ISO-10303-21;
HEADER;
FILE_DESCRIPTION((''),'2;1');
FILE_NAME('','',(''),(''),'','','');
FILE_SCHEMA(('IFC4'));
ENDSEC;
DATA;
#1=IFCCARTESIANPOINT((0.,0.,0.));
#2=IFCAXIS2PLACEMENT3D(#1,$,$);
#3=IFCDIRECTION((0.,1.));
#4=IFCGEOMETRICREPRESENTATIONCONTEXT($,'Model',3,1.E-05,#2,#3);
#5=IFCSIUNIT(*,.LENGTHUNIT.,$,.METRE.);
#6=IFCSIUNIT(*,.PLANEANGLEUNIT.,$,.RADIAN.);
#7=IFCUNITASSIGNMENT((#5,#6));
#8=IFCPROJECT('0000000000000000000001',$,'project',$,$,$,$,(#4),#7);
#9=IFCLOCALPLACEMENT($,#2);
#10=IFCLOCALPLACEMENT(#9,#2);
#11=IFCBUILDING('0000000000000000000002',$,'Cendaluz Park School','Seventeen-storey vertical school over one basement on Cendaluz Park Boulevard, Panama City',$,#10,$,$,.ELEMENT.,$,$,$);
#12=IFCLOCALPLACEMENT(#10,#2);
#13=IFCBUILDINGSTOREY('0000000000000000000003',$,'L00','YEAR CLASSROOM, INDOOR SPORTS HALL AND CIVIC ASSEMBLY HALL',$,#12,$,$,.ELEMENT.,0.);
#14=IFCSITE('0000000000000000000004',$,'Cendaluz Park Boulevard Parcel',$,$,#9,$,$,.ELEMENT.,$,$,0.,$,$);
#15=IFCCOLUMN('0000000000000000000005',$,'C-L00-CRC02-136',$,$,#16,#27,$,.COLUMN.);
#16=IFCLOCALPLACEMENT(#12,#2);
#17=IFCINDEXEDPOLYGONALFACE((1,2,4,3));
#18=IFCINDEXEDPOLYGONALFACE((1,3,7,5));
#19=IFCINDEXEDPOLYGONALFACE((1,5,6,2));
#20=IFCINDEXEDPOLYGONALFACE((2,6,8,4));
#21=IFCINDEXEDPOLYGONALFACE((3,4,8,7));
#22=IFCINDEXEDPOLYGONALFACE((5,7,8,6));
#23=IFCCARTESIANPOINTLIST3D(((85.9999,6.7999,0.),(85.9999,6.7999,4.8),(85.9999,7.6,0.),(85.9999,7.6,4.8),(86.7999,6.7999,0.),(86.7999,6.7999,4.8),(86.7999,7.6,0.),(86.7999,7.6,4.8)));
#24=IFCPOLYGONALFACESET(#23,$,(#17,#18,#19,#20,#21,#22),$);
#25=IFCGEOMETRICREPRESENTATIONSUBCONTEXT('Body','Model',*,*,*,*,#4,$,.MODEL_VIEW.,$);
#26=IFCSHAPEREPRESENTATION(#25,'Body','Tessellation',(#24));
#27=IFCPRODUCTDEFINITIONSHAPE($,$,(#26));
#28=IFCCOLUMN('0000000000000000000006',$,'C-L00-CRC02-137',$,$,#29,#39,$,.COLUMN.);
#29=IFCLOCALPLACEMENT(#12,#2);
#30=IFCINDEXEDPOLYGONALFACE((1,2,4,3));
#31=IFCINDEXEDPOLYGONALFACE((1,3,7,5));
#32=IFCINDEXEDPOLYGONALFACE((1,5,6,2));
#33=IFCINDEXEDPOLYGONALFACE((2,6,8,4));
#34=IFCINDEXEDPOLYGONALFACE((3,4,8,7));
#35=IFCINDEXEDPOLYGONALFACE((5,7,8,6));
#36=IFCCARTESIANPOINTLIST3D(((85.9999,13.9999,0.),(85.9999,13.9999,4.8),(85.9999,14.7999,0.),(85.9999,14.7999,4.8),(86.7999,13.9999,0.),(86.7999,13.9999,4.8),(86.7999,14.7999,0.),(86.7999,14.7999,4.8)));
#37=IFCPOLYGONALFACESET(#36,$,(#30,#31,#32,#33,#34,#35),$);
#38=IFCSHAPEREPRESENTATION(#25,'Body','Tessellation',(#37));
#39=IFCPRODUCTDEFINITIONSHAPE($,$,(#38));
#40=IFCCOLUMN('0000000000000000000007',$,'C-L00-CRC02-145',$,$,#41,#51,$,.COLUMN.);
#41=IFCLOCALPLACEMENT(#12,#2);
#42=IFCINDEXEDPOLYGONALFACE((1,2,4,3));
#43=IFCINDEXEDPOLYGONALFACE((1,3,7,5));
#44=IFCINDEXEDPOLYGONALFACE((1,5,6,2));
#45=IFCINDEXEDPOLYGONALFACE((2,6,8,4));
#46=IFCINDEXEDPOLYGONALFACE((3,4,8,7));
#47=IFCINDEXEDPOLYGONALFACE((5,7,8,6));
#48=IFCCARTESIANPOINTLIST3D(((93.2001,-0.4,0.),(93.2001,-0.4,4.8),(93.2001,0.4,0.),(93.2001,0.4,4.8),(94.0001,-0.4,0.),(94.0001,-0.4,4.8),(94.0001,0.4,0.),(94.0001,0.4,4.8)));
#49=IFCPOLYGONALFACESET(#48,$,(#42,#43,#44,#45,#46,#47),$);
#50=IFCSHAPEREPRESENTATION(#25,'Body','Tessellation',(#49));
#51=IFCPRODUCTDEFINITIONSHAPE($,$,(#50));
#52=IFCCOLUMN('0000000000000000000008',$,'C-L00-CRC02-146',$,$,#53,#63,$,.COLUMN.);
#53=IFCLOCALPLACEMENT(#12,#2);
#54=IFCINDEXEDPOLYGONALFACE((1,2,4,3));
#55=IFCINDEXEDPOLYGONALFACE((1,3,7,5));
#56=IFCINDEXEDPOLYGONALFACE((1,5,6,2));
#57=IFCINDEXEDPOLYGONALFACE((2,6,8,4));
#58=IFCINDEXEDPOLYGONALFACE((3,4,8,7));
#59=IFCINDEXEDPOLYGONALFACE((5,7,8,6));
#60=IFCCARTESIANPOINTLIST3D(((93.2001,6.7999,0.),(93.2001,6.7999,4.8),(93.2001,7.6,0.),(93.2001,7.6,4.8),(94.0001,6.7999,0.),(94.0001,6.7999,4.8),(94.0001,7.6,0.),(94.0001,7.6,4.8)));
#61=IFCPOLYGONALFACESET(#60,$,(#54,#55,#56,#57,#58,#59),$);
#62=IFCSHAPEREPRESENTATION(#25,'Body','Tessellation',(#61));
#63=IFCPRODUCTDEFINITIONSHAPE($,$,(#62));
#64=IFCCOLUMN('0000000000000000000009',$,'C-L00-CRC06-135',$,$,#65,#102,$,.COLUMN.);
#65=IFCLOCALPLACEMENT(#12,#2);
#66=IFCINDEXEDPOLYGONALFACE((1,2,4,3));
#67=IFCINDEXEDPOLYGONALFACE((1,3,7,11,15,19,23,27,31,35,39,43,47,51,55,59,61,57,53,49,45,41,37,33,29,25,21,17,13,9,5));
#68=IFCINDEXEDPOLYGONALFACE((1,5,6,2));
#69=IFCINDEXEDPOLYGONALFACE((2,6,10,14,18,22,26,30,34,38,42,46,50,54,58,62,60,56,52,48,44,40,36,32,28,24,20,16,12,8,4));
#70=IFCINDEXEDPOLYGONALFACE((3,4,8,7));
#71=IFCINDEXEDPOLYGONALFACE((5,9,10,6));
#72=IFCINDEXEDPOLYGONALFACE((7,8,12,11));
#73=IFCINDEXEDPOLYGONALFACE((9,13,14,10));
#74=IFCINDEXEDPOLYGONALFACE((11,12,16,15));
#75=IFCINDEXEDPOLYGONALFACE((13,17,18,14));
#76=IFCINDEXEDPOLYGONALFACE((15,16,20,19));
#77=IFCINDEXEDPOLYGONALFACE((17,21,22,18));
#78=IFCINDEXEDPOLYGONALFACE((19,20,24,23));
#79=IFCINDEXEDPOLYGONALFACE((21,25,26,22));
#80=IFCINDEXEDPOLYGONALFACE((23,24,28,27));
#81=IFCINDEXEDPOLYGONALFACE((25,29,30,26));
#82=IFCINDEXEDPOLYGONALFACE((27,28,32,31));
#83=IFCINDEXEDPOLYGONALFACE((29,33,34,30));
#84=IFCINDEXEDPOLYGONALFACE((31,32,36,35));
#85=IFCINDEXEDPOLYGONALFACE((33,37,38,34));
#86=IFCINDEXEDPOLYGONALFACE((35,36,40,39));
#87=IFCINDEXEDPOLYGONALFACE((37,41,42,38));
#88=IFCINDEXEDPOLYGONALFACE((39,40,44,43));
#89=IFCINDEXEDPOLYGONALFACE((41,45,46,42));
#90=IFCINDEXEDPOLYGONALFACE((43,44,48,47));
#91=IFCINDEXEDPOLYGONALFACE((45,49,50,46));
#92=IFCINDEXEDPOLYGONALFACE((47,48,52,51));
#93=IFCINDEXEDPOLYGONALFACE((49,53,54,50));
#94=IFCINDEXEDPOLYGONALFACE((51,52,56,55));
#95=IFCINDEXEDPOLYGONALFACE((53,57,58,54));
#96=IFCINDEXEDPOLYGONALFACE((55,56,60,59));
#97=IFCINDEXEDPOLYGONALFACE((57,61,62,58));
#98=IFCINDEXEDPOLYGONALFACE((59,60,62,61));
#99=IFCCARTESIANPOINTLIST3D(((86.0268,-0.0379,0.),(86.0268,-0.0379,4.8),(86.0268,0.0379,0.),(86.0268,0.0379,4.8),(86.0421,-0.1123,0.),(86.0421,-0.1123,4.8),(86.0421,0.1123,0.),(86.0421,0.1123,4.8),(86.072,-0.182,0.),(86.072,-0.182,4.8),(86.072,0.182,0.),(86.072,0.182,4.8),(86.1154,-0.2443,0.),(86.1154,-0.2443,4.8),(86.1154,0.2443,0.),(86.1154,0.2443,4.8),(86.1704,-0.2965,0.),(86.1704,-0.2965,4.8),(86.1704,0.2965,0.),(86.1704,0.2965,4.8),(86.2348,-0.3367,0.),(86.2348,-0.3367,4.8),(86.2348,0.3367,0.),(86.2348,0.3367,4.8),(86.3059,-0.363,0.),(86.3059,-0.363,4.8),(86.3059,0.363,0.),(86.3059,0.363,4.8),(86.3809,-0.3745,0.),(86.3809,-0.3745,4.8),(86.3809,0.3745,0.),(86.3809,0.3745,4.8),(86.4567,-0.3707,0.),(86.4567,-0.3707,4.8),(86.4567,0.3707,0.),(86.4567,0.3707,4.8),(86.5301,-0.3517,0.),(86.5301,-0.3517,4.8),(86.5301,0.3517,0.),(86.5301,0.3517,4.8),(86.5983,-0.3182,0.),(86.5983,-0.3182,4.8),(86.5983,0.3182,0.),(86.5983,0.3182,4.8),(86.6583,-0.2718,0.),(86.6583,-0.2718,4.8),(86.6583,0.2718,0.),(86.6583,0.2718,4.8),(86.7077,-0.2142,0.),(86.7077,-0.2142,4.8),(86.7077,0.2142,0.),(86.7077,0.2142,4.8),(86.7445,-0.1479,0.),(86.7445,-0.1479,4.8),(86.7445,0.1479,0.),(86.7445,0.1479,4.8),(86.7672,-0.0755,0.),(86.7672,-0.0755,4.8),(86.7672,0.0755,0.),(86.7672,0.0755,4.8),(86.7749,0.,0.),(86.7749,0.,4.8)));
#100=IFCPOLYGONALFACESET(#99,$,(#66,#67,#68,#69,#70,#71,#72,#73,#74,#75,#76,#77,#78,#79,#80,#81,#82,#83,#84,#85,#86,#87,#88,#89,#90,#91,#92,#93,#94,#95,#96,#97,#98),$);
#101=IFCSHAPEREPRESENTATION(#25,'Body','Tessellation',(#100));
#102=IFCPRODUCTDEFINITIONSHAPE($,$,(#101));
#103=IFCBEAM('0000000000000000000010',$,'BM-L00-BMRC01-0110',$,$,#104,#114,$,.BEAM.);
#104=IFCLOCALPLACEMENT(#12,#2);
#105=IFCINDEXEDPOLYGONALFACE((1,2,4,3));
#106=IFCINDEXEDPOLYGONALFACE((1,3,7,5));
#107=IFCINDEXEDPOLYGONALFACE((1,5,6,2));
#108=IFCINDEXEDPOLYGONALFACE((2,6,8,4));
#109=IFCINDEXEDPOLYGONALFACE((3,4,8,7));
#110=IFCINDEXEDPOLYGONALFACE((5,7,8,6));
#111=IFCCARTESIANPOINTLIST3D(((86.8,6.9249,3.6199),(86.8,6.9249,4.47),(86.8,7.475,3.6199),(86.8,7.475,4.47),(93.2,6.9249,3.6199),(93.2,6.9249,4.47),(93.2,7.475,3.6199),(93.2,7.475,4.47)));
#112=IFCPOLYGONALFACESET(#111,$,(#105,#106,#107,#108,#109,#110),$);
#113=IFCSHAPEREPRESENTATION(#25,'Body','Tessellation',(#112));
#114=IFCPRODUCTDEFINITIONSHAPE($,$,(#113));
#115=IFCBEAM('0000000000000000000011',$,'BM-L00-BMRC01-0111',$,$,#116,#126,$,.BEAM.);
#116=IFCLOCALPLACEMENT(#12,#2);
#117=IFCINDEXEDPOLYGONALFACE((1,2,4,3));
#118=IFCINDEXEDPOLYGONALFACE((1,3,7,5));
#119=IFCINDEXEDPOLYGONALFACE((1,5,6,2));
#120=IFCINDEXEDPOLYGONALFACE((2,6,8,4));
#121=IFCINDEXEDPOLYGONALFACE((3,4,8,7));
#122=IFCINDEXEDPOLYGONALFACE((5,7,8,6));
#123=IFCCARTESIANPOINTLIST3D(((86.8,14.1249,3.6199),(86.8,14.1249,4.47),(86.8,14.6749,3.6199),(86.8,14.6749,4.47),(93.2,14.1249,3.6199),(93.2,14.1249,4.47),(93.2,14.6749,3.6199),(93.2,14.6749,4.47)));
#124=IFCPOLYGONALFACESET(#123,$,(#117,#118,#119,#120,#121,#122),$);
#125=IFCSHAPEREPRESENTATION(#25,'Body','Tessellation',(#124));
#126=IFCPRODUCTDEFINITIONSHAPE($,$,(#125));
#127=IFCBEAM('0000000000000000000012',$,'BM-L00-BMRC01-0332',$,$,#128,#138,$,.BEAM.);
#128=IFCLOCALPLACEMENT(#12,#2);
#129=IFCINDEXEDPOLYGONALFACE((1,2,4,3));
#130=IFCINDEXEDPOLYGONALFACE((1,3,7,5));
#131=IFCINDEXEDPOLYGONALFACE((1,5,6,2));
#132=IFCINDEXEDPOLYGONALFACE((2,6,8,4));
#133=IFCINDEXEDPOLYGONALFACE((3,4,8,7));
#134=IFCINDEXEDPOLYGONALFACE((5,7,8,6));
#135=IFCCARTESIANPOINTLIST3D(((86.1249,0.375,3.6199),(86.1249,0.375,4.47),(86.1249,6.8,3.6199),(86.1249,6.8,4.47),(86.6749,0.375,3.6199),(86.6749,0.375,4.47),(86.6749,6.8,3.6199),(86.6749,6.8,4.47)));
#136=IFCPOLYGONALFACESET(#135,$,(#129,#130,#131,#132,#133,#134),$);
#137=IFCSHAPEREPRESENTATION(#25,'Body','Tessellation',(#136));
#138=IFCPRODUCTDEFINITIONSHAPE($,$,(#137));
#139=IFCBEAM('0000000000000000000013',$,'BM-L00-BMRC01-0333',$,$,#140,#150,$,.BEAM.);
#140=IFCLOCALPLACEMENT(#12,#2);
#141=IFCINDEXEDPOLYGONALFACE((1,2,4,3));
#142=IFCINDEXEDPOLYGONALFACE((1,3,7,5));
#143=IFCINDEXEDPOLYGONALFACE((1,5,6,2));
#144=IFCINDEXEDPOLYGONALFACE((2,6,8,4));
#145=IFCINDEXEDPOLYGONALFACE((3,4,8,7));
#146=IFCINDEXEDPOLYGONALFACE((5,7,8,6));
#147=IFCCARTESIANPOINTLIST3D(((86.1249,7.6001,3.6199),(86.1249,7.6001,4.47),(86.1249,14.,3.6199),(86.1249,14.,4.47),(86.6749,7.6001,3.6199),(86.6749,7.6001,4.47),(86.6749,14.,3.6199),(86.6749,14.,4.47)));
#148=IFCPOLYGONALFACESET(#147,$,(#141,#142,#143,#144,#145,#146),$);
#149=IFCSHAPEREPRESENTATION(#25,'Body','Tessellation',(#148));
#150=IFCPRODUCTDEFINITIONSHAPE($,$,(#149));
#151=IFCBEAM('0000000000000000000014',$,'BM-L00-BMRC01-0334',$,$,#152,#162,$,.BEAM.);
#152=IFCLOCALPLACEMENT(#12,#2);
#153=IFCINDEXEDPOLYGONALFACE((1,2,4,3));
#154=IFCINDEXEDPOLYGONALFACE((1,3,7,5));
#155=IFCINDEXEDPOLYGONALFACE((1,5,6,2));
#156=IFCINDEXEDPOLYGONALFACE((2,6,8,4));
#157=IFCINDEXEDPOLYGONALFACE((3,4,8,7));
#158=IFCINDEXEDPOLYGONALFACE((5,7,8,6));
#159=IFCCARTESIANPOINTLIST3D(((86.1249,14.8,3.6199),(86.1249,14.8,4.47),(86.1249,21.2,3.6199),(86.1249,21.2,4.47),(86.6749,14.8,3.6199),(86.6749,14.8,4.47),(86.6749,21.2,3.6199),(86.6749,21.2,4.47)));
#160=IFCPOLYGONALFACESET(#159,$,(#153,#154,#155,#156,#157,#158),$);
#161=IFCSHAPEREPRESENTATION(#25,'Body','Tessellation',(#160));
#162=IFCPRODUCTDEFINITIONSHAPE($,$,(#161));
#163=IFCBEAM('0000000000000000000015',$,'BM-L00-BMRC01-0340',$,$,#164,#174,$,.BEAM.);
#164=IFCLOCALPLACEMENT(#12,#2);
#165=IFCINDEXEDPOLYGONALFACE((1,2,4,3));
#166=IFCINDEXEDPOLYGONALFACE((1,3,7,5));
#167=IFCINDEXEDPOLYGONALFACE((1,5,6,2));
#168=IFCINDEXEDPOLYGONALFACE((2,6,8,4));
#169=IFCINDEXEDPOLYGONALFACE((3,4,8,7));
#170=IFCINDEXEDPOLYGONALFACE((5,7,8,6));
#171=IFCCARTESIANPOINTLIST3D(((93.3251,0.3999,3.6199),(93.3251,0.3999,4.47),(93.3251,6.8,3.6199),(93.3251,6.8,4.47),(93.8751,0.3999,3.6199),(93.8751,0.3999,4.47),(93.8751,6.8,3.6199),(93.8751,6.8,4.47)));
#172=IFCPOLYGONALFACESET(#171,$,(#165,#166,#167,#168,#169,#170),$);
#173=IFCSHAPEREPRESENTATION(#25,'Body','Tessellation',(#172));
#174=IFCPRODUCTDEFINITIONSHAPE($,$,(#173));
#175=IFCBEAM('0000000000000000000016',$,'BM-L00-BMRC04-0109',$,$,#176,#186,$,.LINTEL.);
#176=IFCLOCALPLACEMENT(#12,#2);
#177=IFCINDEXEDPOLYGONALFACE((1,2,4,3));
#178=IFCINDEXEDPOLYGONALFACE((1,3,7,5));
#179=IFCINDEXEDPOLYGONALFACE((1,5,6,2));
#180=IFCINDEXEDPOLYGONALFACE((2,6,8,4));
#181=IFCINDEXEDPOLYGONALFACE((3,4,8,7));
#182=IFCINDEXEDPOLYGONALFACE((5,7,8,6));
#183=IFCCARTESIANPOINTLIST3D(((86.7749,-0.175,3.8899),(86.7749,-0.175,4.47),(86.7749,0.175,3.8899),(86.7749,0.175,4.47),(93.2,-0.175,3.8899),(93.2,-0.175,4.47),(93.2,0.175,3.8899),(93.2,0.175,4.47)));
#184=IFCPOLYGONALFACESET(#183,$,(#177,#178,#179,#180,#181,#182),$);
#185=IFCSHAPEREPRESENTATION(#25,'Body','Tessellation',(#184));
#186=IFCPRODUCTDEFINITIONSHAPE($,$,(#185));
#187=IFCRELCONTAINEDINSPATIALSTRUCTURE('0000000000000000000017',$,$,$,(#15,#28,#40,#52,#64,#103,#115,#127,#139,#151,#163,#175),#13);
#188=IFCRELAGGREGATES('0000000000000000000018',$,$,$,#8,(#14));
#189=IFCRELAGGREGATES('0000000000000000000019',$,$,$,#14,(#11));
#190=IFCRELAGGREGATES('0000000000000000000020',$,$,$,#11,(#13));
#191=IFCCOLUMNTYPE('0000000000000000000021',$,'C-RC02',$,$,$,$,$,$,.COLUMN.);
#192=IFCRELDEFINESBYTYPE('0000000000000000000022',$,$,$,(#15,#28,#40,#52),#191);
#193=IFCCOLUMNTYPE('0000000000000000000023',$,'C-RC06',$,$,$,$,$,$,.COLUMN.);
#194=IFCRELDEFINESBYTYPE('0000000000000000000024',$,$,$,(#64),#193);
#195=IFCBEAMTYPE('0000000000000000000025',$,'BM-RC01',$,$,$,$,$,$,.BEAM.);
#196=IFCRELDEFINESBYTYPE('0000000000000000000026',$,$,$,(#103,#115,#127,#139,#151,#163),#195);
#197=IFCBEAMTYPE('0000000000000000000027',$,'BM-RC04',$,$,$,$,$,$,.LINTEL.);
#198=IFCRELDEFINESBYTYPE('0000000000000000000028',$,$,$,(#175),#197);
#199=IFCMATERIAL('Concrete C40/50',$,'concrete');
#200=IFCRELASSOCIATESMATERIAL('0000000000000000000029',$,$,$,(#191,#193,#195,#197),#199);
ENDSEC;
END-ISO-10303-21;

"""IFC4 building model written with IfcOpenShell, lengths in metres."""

from ifc_helpers import new_model, si_unit, direction, frame, origin, origin_2d, place, context, subcontext, project, spatial, rectangle, circle, extrude, material, material_profile, profile_set, type_object, element, save


model = new_model("IFC4")

# Units and contexts
model_context = context("Model", 3, precision=1e-05, world=origin(), true_north=direction((0.0, 1.0)))
body_context = subcontext(model_context, "Body", "Model", "MODEL_VIEW")
ifc_project = project(units=[si_unit("LENGTHUNIT", "METRE"), si_unit("PLANEANGLEUNIT", "RADIAN")], contexts=[model_context])

# Site, building, storey
site_placement = place(None, origin())
site = spatial("IfcSite", under=ifc_project, at=site_placement, Name="Cendaluz Park Boulevard Parcel", CompositionType="ELEMENT", RefElevation=0.0)
building_placement = place(site_placement, origin())
building = spatial("IfcBuilding", under=site, at=building_placement, Name="Cendaluz Park School", Description="Seventeen-storey vertical school over one basement on Cendaluz Park Boulevard, Panama City", CompositionType="ELEMENT")
storey_placement = place(building_placement, origin())
storey = spatial("IfcBuildingStorey", under=building, at=storey_placement, Name="L00", Description="YEAR CLASSROOM, INDOOR SPORTS HALL AND CIVIC ASSEMBLY HALL", CompositionType="ELEMENT", Elevation=0.0)

# Columns
ifc_material_1 = material(Name="Concrete C40/50", Category="concrete")
ifc_material_profile_1 = material_profile(ifc_material_1, rectangle(XDim=0.8, YDim=0.8, at=origin_2d()), Name="RC 800x800", Category="concrete")
ifc_profile_set_1 = profile_set([ifc_material_profile_1], Name="Concrete C40/50")
column_type_1 = type_object("IfcColumnType", Name="C-RC02", PredefinedType="COLUMN", material=ifc_profile_set_1)
for number, where, z_axis, x_axis, name in (
    (1, (86.3999, 7.2, 0.0), (0.0, 0.0, 1.0), (1.0, 0.0, 0.0), "C-L00-CRC02-136"),
    (2, (86.3999, 14.3999, 0.0), (0.0, 0.0, 1.0), (1.0, 0.0, 0.0), "C-L00-CRC02-137"),
    (3, (93.6001, 0.0, 0.0), (0.0, 0.0, 1.0), (1.0, 0.0, 0.0), "C-L00-CRC02-145"),
    (4, (93.6001, 7.2, 0.0), (0.0, 0.0, 1.0), (1.0, 0.0, 0.0), "C-L00-CRC02-146"),
):
    element("IfcColumn", number, at=place(storey_placement, frame(where, z_axis=z_axis, x_axis=x_axis)), inside=storey, type_object=column_type_1, Name=name, PredefinedType="COLUMN", context=body_context, shape_type="SweptSolid", body=[
        extrude(rectangle(XDim=0.8, YDim=0.8, at=origin_2d()), origin(), (0.0, 0.0, 1.0), 4.8),
    ])
ifc_material_profile_2 = material_profile(ifc_material_1, circle(Radius=0.375, at=origin_2d()), Name="RC D750", Category="concrete")
ifc_profile_set_2 = profile_set([ifc_material_profile_2], Name="Concrete C40/50")
column_type_2 = type_object("IfcColumnType", Name="C-RC06", PredefinedType="COLUMN", material=ifc_profile_set_2)
column_placement = place(storey_placement, frame((86.3999, 0.0, 0.0), z_axis=(0.0, 0.0, 1.0), x_axis=(1.0, 0.0, 0.0)))
element("IfcColumn", 5, at=column_placement, inside=storey, type_object=column_type_2, Name="C-L00-CRC06-135", PredefinedType="COLUMN", context=body_context, shape_type="SweptSolid", body=[
    extrude(circle(Radius=0.375, at=origin_2d()), origin(), (0.0, 0.0, 1.0), 4.8),
])

# Beams
ifc_material_profile_3 = material_profile(ifc_material_1, rectangle(XDim=0.55, YDim=0.8501, at=origin_2d()), Name="RC 550x850", Category="concrete")
ifc_profile_set_3 = profile_set([ifc_material_profile_3], Name="Concrete C40/50")
beam_type_1 = type_object("IfcBeamType", Name="BM-RC01", PredefinedType="BEAM", material=ifc_profile_set_3)
for number, where, z_axis, x_axis, name in (
    (6, (86.8, 7.2, 4.0449), (1.0, 0.0, 0.0), (0.0, 1.0, 0.0), "BM-L00-BMRC01-0110"),
    (7, (86.8, 14.3999, 4.0449), (1.0, 0.0, 0.0), (0.0, 1.0, 0.0), "BM-L00-BMRC01-0111"),
):
    element("IfcBeam", number, at=place(storey_placement, frame(where, z_axis=z_axis, x_axis=x_axis)), inside=storey, type_object=beam_type_1, Name=name, PredefinedType="BEAM", context=body_context, shape_type="SweptSolid", body=[
        extrude(rectangle(XDim=0.55, YDim=0.8501, at=origin_2d()), origin(), (0.0, 0.0, 1.0), 6.3999),
    ])
beam_1_placement = place(storey_placement, frame((86.3999, 0.375, 4.0449), z_axis=(0.0, 1.0, 0.0), x_axis=(-1.0, 0.0, 0.0)))
element("IfcBeam", 8, at=beam_1_placement, inside=storey, type_object=beam_type_1, Name="BM-L00-BMRC01-0332", PredefinedType="BEAM", context=body_context, shape_type="SweptSolid", body=[
    extrude(rectangle(XDim=0.55, YDim=0.8501, at=origin_2d()), origin(), (0.0, 0.0, 1.0), 6.425),
])
for number, where, z_axis, x_axis, name in (
    (9, (86.3999, 7.6001, 4.0449), (0.0, 1.0, 0.0), (-1.0, 0.0, 0.0), "BM-L00-BMRC01-0333"),
    (10, (86.3999, 14.8, 4.0449), (0.0, 1.0, 0.0), (-1.0, 0.0, 0.0), "BM-L00-BMRC01-0334"),
):
    element("IfcBeam", number, at=place(storey_placement, frame(where, z_axis=z_axis, x_axis=x_axis)), inside=storey, type_object=beam_type_1, Name=name, PredefinedType="BEAM", context=body_context, shape_type="SweptSolid", body=[
        extrude(rectangle(XDim=0.55, YDim=0.8501, at=origin_2d()), origin(), (0.0, 0.0, 1.0), 6.3999),
    ])
beam_2_placement = place(storey_placement, frame((93.6001, 0.3999, 4.0449), z_axis=(0.0, 1.0, 0.0), x_axis=(-1.0, 0.0, 0.0)))
element("IfcBeam", 11, at=beam_2_placement, inside=storey, type_object=beam_type_1, Name="BM-L00-BMRC01-0340", PredefinedType="BEAM", context=body_context, shape_type="SweptSolid", body=[
    extrude(rectangle(XDim=0.55, YDim=0.8501, at=origin_2d()), origin(), (0.0, 0.0, 1.0), 6.4001),
])
ifc_material_profile_4 = material_profile(ifc_material_1, rectangle(XDim=0.3501, YDim=0.5801, at=origin_2d()), Name="RC 350x580", Category="concrete")
ifc_profile_set_4 = profile_set([ifc_material_profile_4], Name="Concrete C40/50")
beam_type_2 = type_object("IfcBeamType", Name="BM-RC04", PredefinedType="LINTEL", material=ifc_profile_set_4)
beam_3_placement = place(storey_placement, frame((86.7749, 0.0, 4.1799), z_axis=(1.0, 0.0, 0.0), x_axis=(0.0, 1.0, 0.0)))
element("IfcBeam", 12, at=beam_3_placement, inside=storey, type_object=beam_type_2, Name="BM-L00-BMRC04-0109", PredefinedType="LINTEL", context=body_context, shape_type="SweptSolid", body=[
    extrude(rectangle(XDim=0.3501, YDim=0.5801, at=origin_2d()), origin(), (0.0, 0.0, 1.0), 6.425),
])

save(model, "model.ifc")
